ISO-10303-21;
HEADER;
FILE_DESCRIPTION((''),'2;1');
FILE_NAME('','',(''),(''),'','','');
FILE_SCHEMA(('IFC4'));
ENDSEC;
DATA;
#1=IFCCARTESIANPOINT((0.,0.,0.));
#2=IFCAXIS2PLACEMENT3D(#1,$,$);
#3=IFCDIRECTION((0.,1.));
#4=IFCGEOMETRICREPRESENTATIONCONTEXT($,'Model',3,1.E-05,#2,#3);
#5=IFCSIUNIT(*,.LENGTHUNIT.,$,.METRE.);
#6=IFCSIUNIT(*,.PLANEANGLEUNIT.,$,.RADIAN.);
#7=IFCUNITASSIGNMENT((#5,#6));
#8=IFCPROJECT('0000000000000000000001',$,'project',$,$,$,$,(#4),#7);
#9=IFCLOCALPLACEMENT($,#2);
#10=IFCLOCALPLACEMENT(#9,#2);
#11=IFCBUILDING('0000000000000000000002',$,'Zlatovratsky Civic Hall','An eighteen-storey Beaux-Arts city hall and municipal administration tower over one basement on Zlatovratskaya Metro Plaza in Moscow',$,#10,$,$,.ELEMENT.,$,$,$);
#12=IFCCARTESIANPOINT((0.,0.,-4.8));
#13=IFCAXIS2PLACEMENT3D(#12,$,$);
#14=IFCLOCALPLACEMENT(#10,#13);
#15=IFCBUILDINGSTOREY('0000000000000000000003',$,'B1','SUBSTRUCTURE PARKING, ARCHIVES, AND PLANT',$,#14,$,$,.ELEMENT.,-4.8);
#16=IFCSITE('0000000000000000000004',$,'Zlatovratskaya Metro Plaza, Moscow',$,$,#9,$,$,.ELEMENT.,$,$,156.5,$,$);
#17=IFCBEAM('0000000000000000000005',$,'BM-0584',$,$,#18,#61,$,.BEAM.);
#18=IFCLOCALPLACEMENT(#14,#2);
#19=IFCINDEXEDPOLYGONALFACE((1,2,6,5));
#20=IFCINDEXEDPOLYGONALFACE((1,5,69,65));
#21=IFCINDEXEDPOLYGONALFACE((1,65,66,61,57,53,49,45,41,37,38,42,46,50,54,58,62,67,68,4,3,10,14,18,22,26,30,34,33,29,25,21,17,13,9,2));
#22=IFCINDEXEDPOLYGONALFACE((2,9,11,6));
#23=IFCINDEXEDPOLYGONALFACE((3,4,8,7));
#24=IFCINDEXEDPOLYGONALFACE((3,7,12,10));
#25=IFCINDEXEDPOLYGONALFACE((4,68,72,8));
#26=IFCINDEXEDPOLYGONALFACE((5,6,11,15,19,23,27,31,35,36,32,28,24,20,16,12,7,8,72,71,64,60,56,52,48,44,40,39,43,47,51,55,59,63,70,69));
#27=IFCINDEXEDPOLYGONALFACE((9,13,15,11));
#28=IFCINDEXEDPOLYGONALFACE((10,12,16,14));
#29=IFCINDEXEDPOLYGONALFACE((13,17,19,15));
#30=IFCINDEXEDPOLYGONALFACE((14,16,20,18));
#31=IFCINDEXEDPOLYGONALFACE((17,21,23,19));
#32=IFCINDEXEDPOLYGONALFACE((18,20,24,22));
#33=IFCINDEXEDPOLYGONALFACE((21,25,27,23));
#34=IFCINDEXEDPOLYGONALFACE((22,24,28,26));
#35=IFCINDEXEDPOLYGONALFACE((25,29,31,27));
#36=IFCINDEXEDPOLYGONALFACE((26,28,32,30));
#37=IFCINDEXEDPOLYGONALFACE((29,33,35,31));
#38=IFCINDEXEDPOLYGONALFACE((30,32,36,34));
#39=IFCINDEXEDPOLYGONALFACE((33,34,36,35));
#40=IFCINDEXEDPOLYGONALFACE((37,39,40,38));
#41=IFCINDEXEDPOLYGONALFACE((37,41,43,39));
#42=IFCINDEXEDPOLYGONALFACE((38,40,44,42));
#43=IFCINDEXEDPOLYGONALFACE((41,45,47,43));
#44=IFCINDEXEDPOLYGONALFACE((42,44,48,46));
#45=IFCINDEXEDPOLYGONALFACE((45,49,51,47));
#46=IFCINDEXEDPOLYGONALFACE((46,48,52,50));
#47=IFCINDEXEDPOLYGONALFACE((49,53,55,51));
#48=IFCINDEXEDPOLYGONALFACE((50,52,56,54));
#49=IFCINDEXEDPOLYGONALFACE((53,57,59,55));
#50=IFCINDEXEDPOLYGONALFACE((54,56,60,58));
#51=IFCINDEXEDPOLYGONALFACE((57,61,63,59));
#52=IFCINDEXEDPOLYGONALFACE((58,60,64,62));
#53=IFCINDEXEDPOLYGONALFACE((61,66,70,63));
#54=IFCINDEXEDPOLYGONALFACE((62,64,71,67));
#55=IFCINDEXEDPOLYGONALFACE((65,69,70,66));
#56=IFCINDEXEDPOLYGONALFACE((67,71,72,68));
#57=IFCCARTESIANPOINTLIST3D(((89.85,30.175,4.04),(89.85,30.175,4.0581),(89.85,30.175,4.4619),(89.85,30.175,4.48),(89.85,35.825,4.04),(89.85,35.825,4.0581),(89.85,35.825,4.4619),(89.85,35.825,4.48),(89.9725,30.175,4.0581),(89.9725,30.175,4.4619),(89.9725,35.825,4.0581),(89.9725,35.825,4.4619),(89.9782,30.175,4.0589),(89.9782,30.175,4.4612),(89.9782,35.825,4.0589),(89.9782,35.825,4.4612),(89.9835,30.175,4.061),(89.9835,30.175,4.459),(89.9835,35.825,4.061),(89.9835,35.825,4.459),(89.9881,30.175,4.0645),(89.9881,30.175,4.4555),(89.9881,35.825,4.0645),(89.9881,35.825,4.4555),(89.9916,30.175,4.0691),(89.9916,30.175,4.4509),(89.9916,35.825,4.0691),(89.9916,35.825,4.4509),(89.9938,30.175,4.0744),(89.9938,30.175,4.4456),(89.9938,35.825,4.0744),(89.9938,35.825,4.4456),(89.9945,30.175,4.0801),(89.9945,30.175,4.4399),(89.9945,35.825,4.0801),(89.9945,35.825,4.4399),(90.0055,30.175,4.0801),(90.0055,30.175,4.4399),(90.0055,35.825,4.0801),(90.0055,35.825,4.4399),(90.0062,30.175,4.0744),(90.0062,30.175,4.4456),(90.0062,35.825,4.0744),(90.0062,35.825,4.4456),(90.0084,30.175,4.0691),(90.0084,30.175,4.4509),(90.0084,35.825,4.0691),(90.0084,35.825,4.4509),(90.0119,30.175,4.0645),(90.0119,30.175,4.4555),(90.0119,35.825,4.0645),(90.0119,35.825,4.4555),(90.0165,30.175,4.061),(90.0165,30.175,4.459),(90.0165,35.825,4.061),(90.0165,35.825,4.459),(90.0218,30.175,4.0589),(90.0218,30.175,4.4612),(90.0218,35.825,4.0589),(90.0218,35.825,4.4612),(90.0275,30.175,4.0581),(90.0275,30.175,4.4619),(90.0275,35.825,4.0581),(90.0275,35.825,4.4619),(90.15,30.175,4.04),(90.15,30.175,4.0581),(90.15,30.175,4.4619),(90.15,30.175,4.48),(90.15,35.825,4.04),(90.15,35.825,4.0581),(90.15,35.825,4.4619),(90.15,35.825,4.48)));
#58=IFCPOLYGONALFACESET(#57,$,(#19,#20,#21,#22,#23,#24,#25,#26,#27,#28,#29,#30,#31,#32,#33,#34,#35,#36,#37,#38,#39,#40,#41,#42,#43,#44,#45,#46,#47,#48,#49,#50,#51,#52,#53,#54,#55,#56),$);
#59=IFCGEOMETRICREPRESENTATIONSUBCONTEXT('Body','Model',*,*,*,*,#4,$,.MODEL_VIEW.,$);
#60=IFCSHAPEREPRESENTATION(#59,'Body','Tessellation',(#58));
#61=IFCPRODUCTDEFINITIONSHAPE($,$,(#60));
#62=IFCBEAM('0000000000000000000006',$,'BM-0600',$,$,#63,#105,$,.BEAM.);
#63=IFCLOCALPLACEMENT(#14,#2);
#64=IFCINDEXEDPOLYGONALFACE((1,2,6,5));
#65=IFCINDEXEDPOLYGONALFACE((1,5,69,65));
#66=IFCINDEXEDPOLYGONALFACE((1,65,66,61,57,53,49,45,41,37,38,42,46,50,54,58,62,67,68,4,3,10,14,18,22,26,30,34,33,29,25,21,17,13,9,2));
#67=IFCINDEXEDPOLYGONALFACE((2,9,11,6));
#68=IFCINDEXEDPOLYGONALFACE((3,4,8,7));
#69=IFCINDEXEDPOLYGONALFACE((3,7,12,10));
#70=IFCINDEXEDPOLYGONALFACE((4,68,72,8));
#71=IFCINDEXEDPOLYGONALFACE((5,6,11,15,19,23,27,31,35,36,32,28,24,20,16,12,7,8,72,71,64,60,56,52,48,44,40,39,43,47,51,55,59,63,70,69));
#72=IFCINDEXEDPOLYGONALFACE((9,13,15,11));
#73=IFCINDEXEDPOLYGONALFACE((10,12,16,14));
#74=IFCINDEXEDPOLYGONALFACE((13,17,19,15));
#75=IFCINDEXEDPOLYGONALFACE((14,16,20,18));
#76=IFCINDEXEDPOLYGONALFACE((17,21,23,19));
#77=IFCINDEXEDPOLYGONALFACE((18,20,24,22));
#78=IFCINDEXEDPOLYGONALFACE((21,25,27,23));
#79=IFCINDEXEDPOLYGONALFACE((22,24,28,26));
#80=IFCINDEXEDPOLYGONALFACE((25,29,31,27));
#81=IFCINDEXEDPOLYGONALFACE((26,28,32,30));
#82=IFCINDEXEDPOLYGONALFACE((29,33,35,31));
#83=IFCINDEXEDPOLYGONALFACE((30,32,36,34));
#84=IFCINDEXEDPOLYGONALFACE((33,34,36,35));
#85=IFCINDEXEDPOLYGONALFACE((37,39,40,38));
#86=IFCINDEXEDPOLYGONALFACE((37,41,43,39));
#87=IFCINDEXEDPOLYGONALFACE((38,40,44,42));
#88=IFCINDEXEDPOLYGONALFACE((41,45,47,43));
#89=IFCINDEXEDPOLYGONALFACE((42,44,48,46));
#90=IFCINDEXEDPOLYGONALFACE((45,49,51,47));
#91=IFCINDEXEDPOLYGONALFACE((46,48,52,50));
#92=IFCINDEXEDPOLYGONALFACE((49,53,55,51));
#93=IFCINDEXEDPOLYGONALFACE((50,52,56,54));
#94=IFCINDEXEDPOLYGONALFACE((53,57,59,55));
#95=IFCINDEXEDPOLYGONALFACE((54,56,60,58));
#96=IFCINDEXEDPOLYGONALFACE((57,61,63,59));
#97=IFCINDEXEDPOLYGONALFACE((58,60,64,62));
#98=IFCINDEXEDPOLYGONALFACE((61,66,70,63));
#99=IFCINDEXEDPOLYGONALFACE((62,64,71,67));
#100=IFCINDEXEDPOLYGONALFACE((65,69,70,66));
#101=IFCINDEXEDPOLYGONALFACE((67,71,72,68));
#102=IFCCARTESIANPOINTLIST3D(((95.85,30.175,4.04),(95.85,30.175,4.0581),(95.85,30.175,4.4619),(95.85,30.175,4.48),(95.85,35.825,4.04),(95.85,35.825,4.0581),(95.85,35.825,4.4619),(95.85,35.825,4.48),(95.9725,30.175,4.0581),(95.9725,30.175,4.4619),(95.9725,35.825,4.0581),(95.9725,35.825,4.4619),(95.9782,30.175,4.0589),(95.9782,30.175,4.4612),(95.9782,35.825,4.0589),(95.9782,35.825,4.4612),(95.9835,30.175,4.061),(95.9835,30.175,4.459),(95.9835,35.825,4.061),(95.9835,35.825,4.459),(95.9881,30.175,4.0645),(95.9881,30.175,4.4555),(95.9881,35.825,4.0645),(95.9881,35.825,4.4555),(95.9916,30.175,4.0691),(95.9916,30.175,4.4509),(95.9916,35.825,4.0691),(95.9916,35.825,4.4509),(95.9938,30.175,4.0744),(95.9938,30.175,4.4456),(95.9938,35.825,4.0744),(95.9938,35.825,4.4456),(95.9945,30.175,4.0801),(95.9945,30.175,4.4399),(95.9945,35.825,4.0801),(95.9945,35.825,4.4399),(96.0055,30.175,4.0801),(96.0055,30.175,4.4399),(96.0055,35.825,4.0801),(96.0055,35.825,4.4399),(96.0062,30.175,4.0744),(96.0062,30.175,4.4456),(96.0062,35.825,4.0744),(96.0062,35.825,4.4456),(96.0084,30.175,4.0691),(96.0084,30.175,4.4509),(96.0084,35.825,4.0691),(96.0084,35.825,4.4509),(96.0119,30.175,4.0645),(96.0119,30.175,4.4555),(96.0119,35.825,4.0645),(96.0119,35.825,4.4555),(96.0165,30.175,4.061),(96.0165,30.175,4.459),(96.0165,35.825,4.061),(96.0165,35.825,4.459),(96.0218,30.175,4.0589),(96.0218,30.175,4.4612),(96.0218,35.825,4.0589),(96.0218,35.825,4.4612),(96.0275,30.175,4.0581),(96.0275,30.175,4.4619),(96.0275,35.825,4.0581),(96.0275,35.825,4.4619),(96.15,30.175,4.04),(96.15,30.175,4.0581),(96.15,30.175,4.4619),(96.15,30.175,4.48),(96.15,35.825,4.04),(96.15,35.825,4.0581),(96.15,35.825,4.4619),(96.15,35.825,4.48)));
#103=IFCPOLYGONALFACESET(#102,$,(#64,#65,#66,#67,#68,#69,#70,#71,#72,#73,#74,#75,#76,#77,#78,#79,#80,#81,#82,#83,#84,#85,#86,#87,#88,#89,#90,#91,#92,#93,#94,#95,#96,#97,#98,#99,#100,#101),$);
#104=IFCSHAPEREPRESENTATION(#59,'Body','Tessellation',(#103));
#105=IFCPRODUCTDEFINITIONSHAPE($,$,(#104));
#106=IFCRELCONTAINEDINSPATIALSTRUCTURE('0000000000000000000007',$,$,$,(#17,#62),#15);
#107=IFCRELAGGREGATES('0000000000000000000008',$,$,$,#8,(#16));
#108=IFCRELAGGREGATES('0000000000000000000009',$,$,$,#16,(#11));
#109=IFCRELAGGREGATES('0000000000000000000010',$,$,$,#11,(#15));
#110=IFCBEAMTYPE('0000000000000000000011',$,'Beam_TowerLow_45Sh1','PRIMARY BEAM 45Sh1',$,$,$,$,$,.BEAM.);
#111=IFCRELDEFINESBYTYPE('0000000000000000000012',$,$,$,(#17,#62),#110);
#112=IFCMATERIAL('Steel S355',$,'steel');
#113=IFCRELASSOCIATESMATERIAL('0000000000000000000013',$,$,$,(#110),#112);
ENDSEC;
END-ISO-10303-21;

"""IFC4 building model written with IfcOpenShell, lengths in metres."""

from ifc_helpers import new_model, si_unit, direction, frame, origin, origin_2d, place, context, subcontext, project, spatial, i_section, extrude, material, material_profile, profile_set, type_object, element, save


model = new_model("IFC4")

# Units and contexts
model_context = context("Model", 3, precision=1e-05, world=origin(), true_north=direction((0.0, 1.0)))
body_context = subcontext(model_context, "Body", "Model", "MODEL_VIEW")
ifc_project = project(units=[si_unit("LENGTHUNIT", "METRE"), si_unit("PLANEANGLEUNIT", "RADIAN")], contexts=[model_context])

# Site, building, storey
site_placement = place(None, origin())
site = spatial("IfcSite", under=ifc_project, at=site_placement, Name="Zlatovratskaya Metro Plaza, Moscow", CompositionType="ELEMENT", RefElevation=156.5)
building_placement = place(site_placement, origin())
building = spatial("IfcBuilding", under=site, at=building_placement, Name="Zlatovratsky Civic Hall", Description="An eighteen-storey Beaux-Arts city hall and municipal administration tower over one basement on Zlatovratskaya Metro Plaza in Moscow", CompositionType="ELEMENT")
storey_placement = place(building_placement, frame((0.0, 0.0, -4.8)))
storey = spatial("IfcBuildingStorey", under=building, at=storey_placement, Name="B1", Description="SUBSTRUCTURE PARKING, ARCHIVES, AND PLANT", CompositionType="ELEMENT", Elevation=-4.8)

# Shared definitions
ifc_material_1 = material(Name="Steel S355", Category="steel")

# Beams
ifc_material_profile_1 = material_profile(ifc_material_1, i_section(OverallWidth=0.3, OverallDepth=0.4399, WebThickness=0.011, FlangeThickness=0.0181, FilletRadius=0.022, at=origin_2d()), Name="45Sh1")
ifc_profile_set_1 = profile_set([ifc_material_profile_1], Name="Steel S355")
beam_type = type_object("IfcBeamType", Name="Beam_TowerLow_45Sh1", Description="PRIMARY BEAM 45Sh1", PredefinedType="BEAM", material=ifc_profile_set_1)
for number, where, z_axis, x_axis, name in (
    (1, (90.0, 30.175, 4.26), (0.0, 1.0, 0.0), (-1.0, 0.0, 0.0), "BM-0584"),
    (2, (96.0, 30.175, 4.26), (0.0, 1.0, 0.0), (-1.0, 0.0, 0.0), "BM-0600"),
):
    element("IfcBeam", number, at=place(storey_placement, frame(where, z_axis=z_axis, x_axis=x_axis)), inside=storey, type_object=beam_type, Name=name, PredefinedType="BEAM", context=body_context, shape_type="SweptSolid", body=[
        extrude(i_section(OverallWidth=0.3, OverallDepth=0.4399, WebThickness=0.011, FlangeThickness=0.0181, FilletRadius=0.022, at=origin_2d()), origin(), (0.0, 0.0, 1.0), 5.6499),
    ])

save(model, "model.ifc")
